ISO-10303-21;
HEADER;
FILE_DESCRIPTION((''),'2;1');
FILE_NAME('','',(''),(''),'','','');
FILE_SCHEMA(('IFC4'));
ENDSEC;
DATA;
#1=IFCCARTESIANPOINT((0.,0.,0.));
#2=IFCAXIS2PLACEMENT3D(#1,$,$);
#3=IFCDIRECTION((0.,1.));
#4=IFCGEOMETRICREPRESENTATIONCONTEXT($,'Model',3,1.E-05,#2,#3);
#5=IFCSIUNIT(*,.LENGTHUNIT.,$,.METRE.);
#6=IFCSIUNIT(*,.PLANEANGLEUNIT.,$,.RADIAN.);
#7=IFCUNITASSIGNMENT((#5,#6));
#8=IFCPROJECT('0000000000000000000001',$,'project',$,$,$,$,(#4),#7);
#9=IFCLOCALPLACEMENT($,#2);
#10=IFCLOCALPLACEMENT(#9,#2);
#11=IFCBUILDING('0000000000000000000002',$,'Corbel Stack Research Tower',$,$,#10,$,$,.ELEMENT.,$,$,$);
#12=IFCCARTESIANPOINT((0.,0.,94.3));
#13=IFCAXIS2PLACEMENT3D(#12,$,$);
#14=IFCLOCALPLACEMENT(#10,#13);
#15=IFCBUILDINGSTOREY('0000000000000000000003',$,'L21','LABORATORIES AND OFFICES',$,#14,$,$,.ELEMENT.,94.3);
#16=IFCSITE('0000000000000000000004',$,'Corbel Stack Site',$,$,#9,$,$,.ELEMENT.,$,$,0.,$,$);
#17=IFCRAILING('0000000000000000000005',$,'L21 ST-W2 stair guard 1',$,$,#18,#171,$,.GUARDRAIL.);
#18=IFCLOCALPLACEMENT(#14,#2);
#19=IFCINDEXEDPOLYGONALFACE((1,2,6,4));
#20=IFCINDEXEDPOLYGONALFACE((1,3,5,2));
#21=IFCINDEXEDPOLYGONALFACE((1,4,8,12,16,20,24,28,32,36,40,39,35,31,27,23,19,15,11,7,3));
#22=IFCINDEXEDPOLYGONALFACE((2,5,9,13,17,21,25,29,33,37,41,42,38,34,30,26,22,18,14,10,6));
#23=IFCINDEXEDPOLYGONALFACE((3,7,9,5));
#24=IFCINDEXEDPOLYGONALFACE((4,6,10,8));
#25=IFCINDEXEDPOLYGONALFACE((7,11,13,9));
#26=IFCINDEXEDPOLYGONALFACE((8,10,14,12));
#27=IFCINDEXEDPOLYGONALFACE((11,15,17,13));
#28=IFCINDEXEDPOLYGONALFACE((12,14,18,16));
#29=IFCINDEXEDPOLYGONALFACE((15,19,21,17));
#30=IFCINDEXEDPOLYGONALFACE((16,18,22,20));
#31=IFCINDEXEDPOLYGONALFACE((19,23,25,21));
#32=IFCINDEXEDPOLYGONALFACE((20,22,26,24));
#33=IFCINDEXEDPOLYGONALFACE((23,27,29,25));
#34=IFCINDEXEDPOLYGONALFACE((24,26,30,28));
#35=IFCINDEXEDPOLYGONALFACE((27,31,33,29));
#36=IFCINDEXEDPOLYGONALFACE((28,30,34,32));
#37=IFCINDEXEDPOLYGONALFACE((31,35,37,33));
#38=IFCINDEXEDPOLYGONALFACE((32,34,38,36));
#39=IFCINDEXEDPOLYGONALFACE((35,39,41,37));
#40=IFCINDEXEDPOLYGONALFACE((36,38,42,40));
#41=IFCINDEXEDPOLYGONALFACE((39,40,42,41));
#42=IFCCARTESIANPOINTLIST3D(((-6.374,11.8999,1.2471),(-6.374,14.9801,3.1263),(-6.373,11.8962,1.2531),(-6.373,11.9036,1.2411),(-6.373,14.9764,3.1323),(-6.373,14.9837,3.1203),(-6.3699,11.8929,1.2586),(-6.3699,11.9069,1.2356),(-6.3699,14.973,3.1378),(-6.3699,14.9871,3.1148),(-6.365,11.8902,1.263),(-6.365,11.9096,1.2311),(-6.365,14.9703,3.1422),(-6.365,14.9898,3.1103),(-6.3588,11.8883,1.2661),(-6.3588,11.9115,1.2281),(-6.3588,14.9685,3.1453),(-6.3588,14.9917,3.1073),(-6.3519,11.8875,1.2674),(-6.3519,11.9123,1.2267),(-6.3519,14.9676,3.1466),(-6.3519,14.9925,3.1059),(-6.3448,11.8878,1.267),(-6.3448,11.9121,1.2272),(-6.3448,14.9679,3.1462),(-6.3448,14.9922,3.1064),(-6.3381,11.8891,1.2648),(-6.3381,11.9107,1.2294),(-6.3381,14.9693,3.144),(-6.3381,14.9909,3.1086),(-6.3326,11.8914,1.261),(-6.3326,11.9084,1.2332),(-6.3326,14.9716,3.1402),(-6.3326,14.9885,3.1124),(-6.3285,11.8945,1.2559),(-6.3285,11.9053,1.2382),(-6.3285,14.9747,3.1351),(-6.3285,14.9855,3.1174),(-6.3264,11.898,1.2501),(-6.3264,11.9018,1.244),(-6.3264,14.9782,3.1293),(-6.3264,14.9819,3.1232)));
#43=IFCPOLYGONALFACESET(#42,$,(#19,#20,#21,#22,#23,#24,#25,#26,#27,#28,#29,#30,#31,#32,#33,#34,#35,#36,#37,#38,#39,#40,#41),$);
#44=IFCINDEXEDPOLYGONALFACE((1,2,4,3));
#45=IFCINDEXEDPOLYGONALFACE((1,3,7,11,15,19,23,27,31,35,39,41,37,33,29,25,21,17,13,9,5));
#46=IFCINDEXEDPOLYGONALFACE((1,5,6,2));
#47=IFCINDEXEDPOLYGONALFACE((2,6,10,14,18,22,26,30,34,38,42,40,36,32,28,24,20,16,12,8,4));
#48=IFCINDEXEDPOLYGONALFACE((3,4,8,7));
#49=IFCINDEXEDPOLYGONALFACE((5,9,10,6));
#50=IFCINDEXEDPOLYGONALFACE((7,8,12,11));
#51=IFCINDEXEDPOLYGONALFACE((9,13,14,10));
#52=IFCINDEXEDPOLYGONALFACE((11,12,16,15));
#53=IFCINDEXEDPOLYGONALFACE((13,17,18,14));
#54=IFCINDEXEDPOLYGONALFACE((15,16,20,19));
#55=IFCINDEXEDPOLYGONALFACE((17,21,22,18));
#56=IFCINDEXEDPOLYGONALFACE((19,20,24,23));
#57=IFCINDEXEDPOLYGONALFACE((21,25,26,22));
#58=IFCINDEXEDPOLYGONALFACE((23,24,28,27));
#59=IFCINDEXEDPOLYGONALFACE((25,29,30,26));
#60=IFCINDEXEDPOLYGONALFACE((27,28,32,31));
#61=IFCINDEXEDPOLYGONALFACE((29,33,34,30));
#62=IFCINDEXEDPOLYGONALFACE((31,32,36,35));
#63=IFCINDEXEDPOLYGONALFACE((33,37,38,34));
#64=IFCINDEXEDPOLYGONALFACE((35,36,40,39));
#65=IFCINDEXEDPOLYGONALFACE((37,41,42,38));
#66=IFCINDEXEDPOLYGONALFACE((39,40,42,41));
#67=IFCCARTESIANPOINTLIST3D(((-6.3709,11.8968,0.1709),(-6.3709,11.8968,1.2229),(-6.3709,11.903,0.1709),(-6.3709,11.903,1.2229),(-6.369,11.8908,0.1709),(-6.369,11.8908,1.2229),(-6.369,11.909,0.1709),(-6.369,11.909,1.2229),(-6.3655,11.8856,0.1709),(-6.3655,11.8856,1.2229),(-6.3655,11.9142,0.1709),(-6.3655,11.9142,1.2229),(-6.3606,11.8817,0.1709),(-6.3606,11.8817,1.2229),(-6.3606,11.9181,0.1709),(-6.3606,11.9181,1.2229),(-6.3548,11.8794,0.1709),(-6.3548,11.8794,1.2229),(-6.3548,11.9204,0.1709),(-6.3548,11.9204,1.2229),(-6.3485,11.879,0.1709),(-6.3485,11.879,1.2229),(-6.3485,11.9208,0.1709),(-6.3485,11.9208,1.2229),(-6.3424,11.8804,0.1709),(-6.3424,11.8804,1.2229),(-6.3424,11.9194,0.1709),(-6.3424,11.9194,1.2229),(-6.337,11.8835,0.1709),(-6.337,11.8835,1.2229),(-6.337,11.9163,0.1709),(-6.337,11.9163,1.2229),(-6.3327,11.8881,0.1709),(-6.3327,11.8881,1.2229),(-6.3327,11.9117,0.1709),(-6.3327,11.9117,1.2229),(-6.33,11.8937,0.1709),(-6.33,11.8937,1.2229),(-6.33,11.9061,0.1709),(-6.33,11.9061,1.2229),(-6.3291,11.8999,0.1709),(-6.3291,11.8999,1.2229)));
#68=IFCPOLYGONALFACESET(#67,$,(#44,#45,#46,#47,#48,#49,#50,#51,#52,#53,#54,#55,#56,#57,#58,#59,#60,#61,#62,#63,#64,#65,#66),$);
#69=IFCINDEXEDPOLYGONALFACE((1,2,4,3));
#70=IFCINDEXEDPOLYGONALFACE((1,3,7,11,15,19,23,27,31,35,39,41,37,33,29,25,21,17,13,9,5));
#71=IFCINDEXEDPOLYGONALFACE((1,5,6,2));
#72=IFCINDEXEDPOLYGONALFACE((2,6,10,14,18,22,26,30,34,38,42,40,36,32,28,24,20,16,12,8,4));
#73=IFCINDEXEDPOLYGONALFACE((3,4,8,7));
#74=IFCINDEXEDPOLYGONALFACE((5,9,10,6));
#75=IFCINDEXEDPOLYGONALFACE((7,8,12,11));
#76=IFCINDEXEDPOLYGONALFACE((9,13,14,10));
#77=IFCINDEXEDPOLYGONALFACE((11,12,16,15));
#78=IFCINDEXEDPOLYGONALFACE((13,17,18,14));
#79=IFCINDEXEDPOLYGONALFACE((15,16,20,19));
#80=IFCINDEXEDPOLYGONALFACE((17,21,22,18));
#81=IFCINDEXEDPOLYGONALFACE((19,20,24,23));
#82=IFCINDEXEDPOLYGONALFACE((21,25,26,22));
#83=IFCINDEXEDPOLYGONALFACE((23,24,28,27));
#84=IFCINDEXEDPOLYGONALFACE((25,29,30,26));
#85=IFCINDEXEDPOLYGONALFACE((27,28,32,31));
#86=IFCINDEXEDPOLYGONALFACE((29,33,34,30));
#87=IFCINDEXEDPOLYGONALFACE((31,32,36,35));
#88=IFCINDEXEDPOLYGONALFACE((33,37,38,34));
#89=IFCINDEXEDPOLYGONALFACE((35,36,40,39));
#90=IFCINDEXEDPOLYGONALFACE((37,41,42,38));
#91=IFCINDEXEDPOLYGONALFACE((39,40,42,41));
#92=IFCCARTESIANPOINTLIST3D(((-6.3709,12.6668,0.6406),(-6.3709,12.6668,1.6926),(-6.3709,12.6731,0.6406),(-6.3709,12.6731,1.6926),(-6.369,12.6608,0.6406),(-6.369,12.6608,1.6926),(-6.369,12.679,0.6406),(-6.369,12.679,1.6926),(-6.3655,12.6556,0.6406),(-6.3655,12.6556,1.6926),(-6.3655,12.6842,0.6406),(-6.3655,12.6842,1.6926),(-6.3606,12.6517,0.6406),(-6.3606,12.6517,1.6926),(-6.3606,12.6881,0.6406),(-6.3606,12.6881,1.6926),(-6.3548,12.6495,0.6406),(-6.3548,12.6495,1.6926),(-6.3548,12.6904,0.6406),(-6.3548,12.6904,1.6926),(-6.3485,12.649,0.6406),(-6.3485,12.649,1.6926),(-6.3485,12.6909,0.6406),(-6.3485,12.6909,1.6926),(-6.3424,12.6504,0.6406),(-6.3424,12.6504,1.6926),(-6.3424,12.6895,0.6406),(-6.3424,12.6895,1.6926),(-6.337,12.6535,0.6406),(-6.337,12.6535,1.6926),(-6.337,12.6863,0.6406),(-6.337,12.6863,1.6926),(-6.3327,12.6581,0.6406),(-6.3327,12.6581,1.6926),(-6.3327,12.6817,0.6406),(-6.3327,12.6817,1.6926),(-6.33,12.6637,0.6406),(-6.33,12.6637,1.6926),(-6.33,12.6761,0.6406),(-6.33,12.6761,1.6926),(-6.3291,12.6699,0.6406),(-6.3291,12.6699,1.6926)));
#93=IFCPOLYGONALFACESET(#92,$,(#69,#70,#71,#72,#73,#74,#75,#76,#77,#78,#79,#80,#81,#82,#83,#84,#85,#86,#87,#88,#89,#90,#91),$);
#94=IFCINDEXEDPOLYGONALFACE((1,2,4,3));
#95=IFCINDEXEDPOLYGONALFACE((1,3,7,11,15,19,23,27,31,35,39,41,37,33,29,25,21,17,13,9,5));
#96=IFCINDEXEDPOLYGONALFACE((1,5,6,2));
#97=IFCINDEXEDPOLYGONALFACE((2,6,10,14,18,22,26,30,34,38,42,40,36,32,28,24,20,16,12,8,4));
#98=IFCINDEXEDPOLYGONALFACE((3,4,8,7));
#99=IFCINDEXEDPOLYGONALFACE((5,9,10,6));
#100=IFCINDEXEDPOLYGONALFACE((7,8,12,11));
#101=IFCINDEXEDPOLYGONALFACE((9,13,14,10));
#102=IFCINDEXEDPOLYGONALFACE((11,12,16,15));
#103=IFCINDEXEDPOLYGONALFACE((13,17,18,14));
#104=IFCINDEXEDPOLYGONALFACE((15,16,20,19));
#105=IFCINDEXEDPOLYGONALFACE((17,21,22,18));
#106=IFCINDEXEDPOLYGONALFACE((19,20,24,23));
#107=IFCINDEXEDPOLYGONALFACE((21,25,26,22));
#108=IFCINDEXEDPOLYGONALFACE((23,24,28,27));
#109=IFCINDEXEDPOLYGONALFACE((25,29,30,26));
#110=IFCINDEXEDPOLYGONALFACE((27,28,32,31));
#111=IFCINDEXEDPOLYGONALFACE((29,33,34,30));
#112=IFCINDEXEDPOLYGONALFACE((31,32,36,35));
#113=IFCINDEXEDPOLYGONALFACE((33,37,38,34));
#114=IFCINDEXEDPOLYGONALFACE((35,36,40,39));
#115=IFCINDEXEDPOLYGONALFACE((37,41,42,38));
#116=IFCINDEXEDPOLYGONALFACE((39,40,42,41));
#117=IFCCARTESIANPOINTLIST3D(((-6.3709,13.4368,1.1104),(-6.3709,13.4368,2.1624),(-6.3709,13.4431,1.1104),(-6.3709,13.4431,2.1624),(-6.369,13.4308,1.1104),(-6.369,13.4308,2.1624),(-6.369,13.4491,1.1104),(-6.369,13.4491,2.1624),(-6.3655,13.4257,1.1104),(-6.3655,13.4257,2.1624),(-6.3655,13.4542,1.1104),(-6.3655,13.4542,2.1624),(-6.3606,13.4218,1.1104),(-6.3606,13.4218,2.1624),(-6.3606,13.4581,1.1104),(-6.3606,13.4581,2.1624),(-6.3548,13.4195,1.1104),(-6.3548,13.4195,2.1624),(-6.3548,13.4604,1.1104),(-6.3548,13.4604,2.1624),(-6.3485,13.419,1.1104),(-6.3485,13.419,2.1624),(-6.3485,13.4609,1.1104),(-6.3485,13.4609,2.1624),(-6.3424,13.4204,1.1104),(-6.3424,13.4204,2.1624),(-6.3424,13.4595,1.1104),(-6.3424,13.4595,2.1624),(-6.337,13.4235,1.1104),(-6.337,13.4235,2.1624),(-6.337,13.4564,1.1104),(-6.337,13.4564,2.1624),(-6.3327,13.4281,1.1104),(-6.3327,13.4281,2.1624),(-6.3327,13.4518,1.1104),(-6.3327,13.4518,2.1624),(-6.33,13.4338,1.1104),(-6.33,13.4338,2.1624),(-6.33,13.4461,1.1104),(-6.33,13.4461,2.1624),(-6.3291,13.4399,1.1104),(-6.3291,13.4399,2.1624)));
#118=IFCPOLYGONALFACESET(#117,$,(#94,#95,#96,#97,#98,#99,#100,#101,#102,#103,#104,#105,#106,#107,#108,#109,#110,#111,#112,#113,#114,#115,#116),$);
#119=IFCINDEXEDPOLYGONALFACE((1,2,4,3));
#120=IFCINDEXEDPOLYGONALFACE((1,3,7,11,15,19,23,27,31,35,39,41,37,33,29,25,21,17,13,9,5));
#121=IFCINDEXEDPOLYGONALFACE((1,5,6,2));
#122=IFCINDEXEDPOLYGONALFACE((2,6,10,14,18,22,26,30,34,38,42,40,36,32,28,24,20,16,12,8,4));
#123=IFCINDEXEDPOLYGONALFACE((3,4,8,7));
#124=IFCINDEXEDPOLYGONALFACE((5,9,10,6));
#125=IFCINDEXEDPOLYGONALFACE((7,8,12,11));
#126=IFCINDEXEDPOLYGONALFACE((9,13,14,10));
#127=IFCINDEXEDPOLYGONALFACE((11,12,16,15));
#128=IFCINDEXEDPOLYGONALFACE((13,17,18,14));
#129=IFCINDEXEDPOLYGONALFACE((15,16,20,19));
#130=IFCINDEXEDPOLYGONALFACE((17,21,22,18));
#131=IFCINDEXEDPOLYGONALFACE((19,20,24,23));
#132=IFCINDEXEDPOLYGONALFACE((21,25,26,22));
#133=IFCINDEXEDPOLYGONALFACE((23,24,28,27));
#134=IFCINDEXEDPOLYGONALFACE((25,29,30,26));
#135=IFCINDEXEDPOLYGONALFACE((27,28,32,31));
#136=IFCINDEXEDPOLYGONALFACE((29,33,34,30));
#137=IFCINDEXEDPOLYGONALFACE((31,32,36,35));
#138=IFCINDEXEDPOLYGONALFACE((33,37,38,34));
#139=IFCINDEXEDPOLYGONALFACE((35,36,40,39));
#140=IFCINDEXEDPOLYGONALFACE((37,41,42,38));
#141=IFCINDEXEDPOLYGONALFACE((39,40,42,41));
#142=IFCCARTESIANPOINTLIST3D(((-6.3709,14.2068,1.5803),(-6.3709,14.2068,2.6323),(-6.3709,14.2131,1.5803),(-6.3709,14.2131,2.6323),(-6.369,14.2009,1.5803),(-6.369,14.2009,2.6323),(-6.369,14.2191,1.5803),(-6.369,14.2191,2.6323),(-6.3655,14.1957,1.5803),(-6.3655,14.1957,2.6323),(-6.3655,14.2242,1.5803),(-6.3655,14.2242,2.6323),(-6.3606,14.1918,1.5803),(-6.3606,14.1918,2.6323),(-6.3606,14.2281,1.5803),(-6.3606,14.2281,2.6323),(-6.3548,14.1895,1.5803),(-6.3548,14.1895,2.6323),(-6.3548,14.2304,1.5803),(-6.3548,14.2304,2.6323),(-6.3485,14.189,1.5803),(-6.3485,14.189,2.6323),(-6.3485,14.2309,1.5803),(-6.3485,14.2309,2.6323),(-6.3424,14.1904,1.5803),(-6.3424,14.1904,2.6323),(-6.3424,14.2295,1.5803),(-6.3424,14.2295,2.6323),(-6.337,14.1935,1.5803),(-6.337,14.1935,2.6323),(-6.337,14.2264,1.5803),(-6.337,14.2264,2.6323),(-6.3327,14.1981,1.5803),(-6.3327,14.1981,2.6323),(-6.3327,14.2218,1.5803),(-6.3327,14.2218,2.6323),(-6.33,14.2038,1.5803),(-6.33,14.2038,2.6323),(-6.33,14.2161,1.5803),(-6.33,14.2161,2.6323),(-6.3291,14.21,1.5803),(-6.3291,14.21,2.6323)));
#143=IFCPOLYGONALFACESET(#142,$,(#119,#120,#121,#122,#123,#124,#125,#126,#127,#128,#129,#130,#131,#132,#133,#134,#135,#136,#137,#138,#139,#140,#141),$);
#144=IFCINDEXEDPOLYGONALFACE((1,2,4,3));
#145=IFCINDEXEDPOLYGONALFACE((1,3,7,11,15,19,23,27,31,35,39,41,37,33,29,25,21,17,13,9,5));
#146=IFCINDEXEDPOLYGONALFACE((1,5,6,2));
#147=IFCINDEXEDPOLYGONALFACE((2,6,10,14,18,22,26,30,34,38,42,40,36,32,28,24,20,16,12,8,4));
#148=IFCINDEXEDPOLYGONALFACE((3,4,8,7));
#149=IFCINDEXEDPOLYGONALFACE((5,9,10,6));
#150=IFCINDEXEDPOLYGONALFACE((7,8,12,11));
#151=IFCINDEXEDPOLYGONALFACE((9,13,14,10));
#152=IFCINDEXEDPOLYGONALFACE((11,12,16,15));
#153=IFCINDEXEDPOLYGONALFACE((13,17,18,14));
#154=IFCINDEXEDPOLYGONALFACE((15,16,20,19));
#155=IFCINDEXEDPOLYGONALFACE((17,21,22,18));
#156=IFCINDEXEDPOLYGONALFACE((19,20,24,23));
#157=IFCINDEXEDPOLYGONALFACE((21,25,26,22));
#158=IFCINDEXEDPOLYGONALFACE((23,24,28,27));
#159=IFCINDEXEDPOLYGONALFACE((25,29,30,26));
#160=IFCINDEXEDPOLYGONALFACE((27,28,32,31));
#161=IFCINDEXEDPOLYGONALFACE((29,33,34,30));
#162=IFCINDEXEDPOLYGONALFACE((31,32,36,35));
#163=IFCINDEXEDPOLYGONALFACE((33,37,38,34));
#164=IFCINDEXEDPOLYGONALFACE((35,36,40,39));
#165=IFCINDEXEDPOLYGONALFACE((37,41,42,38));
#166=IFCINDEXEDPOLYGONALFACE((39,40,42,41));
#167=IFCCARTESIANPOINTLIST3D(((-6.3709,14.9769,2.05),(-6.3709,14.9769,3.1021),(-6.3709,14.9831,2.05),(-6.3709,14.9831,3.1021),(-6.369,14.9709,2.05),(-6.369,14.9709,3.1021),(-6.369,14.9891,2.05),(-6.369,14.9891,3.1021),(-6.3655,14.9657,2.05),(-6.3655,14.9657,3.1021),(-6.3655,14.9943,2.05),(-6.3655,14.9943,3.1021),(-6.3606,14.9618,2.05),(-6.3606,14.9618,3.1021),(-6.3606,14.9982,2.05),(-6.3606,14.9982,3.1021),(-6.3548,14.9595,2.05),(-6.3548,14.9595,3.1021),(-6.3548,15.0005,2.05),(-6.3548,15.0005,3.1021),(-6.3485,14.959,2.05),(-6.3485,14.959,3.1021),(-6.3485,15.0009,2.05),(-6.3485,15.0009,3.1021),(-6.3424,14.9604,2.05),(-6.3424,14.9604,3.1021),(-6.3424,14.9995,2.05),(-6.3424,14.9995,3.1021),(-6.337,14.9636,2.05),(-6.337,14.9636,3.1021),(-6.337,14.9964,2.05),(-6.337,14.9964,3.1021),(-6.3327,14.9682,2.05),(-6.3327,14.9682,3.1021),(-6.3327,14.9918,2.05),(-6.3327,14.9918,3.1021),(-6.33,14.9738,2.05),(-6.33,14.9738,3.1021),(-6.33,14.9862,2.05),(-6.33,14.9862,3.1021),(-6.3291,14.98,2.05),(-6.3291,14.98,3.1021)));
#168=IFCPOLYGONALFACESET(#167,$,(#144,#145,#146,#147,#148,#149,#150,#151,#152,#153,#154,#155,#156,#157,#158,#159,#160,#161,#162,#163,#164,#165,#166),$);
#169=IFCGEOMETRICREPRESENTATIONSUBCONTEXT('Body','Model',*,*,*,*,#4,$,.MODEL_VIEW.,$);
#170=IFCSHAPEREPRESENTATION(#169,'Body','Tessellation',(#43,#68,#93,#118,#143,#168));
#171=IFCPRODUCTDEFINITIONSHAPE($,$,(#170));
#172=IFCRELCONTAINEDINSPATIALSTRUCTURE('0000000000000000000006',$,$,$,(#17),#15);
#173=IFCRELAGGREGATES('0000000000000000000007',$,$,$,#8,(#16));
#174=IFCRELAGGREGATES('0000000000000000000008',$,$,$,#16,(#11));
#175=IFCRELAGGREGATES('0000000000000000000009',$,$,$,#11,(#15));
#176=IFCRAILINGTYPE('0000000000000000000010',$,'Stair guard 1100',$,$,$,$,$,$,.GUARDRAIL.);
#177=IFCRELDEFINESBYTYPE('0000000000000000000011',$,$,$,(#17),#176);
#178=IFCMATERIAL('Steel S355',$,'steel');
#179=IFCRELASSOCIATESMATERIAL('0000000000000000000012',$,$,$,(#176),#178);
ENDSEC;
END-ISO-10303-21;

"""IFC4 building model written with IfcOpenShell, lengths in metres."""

from ifc_helpers import new_model, si_unit, direction, frame, origin, origin_2d, place, context, subcontext, project, spatial, circle, extrude, material, type_object, element, save


model = new_model("IFC4")

# Units and contexts
model_context = context("Model", 3, precision=1e-05, world=origin(), true_north=direction((0.0, 1.0)))
body_context = subcontext(model_context, "Body", "Model", "MODEL_VIEW")
ifc_project = project(units=[si_unit("LENGTHUNIT", "METRE"), si_unit("PLANEANGLEUNIT", "RADIAN")], contexts=[model_context])

# Site, building, storey
site_placement = place(None, origin())
site = spatial("IfcSite", under=ifc_project, at=site_placement, Name="Corbel Stack Site", CompositionType="ELEMENT", RefElevation=0.0)
building_placement = place(site_placement, origin())
building = spatial("IfcBuilding", under=site, at=building_placement, Name="Corbel Stack Research Tower", CompositionType="ELEMENT")
storey_placement = place(building_placement, frame((0.0, 0.0, 94.3)))
storey = spatial("IfcBuildingStorey", under=building, at=storey_placement, Name="L21", Description="LABORATORIES AND OFFICES", CompositionType="ELEMENT", Elevation=94.3)

# Railing
ifc_material_1 = material(Name="Steel S355", Category="steel")
railing_type_1 = type_object("IfcRailingType", Name="Stair guard 1100", PredefinedType="GUARDRAIL", material=ifc_material_1)
railing_1_placement = place(storey_placement, frame((-6.3501, 11.8999, 0.1709)))
element("IfcRailing", 1, at=railing_1_placement, inside=storey, type_object=railing_type_1, Name="L21 ST-W2 stair guard 1", PredefinedType="GUARDRAIL", context=body_context, shape_type="SweptSolid", body=[
    extrude(circle(Radius=0.0239, at=origin_2d()), frame((0.0, 0.0, 1.0762), z_axis=(0.0, 0.853666, 0.52082), x_axis=(-1.0, 0.0, 0.0)), (0.0, 0.0, 1.0), 3.6082),
    extrude(circle(Radius=0.021, at=origin_2d()), origin(), (0.0, 0.0, 1.0), 1.052),
    extrude(circle(Radius=0.021, at=origin_2d()), frame((0.0, 0.77, 0.4697)), (0.0, 0.0, 1.0), 1.052),
    extrude(circle(Radius=0.021, at=origin_2d()), frame((0.0, 1.54, 0.9395)), (0.0, 0.0, 1.0), 1.052),
    extrude(circle(Radius=0.021, at=origin_2d()), frame((0.0, 2.3101, 1.4094)), (0.0, 0.0, 1.0), 1.052),
    extrude(circle(Radius=0.021, at=origin_2d()), frame((0.0, 3.0801, 1.8792)), (0.0, 0.0, 1.0), 1.052),
])

save(model, "model.ifc")
